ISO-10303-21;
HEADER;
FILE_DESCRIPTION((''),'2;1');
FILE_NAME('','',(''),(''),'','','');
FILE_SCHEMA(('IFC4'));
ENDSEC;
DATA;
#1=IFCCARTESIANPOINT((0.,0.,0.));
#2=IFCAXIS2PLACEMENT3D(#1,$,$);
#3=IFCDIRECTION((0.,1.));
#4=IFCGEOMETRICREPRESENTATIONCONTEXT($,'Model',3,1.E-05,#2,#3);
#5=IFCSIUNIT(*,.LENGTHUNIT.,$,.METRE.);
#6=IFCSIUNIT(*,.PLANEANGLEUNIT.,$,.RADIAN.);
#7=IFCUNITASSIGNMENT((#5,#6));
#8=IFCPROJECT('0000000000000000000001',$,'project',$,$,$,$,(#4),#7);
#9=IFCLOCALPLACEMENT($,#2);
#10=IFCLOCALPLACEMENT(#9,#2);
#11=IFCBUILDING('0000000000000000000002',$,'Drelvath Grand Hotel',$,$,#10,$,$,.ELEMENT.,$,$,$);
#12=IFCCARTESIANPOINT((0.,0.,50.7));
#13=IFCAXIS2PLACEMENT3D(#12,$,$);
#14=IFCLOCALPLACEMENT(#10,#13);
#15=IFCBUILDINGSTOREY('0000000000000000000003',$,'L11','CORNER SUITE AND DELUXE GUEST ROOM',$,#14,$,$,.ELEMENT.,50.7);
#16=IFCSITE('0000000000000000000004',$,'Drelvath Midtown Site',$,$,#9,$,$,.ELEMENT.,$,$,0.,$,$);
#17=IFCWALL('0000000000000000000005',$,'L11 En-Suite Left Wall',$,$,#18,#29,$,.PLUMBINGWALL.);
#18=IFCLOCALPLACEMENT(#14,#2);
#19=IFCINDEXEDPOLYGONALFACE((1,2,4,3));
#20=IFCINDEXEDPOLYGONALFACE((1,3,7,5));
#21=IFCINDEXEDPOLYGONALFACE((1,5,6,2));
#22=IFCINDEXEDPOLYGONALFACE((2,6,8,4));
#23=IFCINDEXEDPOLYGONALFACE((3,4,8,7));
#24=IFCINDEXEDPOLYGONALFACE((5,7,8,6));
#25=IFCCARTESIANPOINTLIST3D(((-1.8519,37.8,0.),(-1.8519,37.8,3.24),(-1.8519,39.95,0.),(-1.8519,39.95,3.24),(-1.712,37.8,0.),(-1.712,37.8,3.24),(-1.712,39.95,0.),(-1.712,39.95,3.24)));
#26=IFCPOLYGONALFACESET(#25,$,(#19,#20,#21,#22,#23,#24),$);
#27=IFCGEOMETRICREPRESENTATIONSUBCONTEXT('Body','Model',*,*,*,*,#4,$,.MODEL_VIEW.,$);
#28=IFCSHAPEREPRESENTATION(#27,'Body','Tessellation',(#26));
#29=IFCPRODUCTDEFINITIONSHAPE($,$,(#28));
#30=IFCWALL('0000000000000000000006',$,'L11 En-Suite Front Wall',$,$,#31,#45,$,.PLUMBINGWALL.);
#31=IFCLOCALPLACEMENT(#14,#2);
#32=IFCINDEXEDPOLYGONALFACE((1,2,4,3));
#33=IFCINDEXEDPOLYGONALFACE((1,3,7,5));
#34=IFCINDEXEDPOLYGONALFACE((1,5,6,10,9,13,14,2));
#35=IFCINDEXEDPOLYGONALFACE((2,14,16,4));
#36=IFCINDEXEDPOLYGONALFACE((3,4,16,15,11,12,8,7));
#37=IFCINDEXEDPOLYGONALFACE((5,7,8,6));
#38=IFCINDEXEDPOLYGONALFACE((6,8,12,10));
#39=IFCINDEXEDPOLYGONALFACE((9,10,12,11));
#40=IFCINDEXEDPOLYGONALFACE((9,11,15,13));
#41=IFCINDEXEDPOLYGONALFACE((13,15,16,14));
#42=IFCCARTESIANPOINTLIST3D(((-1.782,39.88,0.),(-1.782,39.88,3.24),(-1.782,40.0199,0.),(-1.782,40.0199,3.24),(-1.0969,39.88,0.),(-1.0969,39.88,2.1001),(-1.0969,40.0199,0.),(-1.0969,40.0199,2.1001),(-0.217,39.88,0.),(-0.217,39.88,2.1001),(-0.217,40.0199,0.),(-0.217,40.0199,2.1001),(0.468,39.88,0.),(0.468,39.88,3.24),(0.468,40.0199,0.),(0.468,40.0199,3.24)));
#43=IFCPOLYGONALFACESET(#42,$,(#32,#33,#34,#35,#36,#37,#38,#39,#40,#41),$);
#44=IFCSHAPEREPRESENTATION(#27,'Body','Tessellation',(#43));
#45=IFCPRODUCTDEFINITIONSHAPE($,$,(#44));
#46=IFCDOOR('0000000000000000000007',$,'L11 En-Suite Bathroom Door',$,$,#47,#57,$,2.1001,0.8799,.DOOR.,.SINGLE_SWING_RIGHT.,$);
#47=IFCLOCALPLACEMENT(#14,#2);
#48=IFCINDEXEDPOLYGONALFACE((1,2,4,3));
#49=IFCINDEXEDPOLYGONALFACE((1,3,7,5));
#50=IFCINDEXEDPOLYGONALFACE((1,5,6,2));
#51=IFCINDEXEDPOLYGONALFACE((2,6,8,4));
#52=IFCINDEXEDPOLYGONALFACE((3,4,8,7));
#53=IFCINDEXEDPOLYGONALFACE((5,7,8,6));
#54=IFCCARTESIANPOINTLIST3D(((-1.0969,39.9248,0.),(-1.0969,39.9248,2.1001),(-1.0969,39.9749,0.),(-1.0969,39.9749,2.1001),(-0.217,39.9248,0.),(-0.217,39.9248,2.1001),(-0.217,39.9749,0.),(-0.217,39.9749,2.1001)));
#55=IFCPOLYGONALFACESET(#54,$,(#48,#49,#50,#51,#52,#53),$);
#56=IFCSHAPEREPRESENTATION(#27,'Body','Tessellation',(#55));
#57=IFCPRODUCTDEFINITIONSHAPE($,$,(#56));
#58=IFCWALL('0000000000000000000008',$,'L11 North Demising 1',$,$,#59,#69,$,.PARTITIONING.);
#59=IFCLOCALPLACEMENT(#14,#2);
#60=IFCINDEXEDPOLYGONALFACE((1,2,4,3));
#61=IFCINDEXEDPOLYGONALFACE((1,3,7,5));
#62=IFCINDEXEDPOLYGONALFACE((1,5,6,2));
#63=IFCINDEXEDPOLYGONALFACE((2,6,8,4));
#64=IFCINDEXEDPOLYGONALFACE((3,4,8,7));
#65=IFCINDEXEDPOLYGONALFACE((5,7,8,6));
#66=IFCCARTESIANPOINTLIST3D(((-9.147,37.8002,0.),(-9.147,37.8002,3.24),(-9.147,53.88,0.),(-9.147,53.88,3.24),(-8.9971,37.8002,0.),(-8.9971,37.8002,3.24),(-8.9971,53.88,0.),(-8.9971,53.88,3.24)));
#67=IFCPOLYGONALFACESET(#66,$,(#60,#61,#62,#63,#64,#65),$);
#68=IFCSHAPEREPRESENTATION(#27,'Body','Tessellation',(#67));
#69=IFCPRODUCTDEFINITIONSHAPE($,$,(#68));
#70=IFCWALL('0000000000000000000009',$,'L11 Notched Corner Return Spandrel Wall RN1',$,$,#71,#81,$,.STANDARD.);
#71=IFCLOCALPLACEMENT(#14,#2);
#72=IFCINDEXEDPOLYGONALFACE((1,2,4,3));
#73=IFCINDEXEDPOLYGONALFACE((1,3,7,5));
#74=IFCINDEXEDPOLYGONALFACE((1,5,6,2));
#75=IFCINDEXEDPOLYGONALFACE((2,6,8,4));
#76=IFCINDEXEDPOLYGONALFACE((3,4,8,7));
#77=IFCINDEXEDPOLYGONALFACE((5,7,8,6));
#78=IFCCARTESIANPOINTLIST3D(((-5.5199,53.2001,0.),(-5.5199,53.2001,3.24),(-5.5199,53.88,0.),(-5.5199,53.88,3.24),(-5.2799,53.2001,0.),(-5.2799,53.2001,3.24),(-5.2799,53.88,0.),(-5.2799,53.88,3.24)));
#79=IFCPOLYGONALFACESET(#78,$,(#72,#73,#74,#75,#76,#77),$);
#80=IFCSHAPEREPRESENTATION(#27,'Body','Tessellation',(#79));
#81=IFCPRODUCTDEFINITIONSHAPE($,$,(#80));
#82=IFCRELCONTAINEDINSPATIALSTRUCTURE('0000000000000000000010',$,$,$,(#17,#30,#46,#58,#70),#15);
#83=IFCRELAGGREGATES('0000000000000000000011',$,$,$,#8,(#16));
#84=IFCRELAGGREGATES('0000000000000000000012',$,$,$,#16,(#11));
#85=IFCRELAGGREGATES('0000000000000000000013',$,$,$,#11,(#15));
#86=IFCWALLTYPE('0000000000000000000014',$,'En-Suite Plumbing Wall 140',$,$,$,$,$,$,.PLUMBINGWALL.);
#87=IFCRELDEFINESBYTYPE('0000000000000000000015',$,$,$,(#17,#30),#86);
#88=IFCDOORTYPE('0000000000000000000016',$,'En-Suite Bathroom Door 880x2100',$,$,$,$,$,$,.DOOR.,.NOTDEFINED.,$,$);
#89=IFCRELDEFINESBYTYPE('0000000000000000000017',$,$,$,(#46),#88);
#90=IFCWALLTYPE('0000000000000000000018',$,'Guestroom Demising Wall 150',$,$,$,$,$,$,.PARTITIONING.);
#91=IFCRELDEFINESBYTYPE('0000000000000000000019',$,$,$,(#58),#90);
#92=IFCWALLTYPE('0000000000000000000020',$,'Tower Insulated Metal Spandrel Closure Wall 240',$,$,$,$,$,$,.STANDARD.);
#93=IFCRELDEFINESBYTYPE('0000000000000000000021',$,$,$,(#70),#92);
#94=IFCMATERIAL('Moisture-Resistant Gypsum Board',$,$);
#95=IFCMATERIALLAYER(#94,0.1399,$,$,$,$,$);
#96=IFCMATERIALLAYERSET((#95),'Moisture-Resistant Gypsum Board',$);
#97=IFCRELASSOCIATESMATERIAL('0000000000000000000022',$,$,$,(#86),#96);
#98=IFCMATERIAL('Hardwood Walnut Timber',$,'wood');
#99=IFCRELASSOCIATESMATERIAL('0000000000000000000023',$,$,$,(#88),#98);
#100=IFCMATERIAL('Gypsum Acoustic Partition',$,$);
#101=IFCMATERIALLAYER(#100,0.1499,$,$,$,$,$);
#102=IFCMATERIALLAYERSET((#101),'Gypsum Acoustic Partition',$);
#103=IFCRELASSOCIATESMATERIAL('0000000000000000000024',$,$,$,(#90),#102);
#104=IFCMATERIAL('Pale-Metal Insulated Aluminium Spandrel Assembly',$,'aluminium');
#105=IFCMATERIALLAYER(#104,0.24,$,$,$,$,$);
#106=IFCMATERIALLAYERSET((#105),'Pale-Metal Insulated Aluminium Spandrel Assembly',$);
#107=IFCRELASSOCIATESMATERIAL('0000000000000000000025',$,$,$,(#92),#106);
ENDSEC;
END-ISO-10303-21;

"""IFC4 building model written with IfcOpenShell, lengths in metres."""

from ifc_helpers import new_model, si_unit, direction, frame, frame_2d, origin, place, context, subcontext, project, spatial, rectangle, extrude, material, layer, layer_set, type_object, element, fill, save


model = new_model("IFC4")

# Units and contexts
model_context = context("Model", 3, precision=1e-05, world=origin(), true_north=direction((0.0, 1.0)))
body_context = subcontext(model_context, "Body", "Model", "MODEL_VIEW")
ifc_project = project(units=[si_unit("LENGTHUNIT", "METRE"), si_unit("PLANEANGLEUNIT", "RADIAN")], contexts=[model_context])

# Site, building, storey
site_placement = place(None, origin())
site = spatial("IfcSite", under=ifc_project, at=site_placement, Name="Drelvath Midtown Site", CompositionType="ELEMENT", RefElevation=0.0)
building_placement = place(site_placement, origin())
building = spatial("IfcBuilding", under=site, at=building_placement, Name="Drelvath Grand Hotel", CompositionType="ELEMENT")
storey_placement = place(building_placement, frame((0.0, 0.0, 50.7)))
storey = spatial("IfcBuildingStorey", under=building, at=storey_placement, Name="L11", Description="CORNER SUITE AND DELUXE GUEST ROOM", CompositionType="ELEMENT", Elevation=50.7)

# Shared definitions
ifc_material_1 = material(Name="Moisture-Resistant Gypsum Board")
ifc_layer_1 = layer(ifc_material_1, 0.1399)
ifc_layer_set_1 = layer_set([ifc_layer_1], Name="Moisture-Resistant Gypsum Board")
wall_type_1 = type_object("IfcWallType", Name="En-Suite Plumbing Wall 140", PredefinedType="PLUMBINGWALL", material=ifc_layer_set_1)
ifc_material_2 = material(Name="Hardwood Walnut Timber", Category="wood")
door_type = type_object("IfcDoorType", Name="En-Suite Bathroom Door 880x2100", OperationType="NOTDEFINED", PredefinedType="DOOR", material=ifc_material_2)

# Wall
wall_1_placement = place(storey_placement, frame((-1.782, 37.8, 0.0), z_axis=(0.0, 0.0, 1.0), x_axis=(0.0, 1.0, 0.0)))
element("IfcWall", 1, at=wall_1_placement, inside=storey, type_object=wall_type_1, Name="L11 En-Suite Left Wall", PredefinedType="PLUMBINGWALL", context=body_context, shape_type="SweptSolid", body=[
    extrude(rectangle(XDim=2.1499, YDim=0.1399, at=frame_2d((1.075, 0.0))), origin(), (0.0, 0.0, 1.0), 3.24),
])

# Wall, opening, door
wall_2_placement = place(storey_placement, frame((-1.782, 39.95, 0.0), z_axis=(0.0, 0.0, 1.0), x_axis=(1.0, 0.0, 0.0)))
wall_2 = element("IfcWall", 2, at=wall_2_placement, inside=storey, type_object=wall_type_1, Name="L11 En-Suite Front Wall", PredefinedType="PLUMBINGWALL", context=body_context, shape_type="SweptSolid", body=[
    extrude(rectangle(XDim=2.25, YDim=0.1399, at=frame_2d((1.125, 0.0))), origin(), (0.0, 0.0, 1.0), 3.24),
])
opening_1_placement = place(wall_2_placement, frame((0.6851, 0.0, 0.0)))
opening_1 = element("IfcOpeningElement", 3, at=opening_1_placement, cuts=wall_2, PredefinedType="OPENING", context=body_context, shape_type="SweptSolid", body=[
    extrude(rectangle(XDim=0.8799, YDim=2.1001, at=frame_2d((0.4399, 1.05))), frame((0.0, 0.0798, 0.0), z_axis=(0.0, -1.0, 0.0), x_axis=(1.0, 0.0, 0.0)), (0.0, 0.0, 1.0), 0.1599),
])
door_1_placement = place(opening_1_placement, origin())
door_1 = element("IfcDoor", 4, at=door_1_placement, inside=storey, type_object=door_type, Name="L11 En-Suite Bathroom Door", OperationType="SINGLE_SWING_RIGHT", OverallHeight=2.1001, OverallWidth=0.8799, PredefinedType="DOOR", context=body_context, shape_type="SweptSolid", body=[
    extrude(rectangle(XDim=0.8799, YDim=2.1001, at=frame_2d((0.4399, 1.05))), frame((0.0, 0.0249, 0.0), z_axis=(0.0, -1.0, 0.0), x_axis=(1.0, 0.0, 0.0)), (0.0, 0.0, 1.0), 0.05),
])
fill(opening_1, door_1)

# Walls
ifc_material_3 = material(Name="Gypsum Acoustic Partition")
ifc_layer_2 = layer(ifc_material_3, 0.1499)
ifc_layer_set_2 = layer_set([ifc_layer_2], Name="Gypsum Acoustic Partition")
wall_type_2 = type_object("IfcWallType", Name="Guestroom Demising Wall 150", PredefinedType="PARTITIONING", material=ifc_layer_set_2)
wall_3_placement = place(storey_placement, frame((-9.072, 37.8, 0.0), z_axis=(0.0, 0.0, 1.0), x_axis=(0.0, 1.0, 0.0)))
element("IfcWall", 5, at=wall_3_placement, inside=storey, type_object=wall_type_2, Name="L11 North Demising 1", PredefinedType="PARTITIONING", context=body_context, shape_type="SweptSolid", body=[
    extrude(rectangle(XDim=16.0798, YDim=0.1499, at=frame_2d((8.04, 0.0))), origin(), (0.0, 0.0, 1.0), 3.24),
])
ifc_material_4 = material(Name="Pale-Metal Insulated Aluminium Spandrel Assembly", Category="aluminium")
ifc_layer_3 = layer(ifc_material_4, 0.24)
ifc_layer_set_3 = layer_set([ifc_layer_3], Name="Pale-Metal Insulated Aluminium Spandrel Assembly")
wall_type_3 = type_object("IfcWallType", Name="Tower Insulated Metal Spandrel Closure Wall 240", PredefinedType="STANDARD", material=ifc_layer_set_3)
wall_4_placement = place(storey_placement, frame((-5.3999, 53.8799, 0.0), z_axis=(0.0, 0.0, 1.0), x_axis=(0.0, -1.0, 0.0)))
element("IfcWall", 6, at=wall_4_placement, inside=storey, type_object=wall_type_3, Name="L11 Notched Corner Return Spandrel Wall RN1", PredefinedType="STANDARD", context=body_context, shape_type="SweptSolid", body=[
    extrude(rectangle(XDim=0.6799, YDim=0.24, at=frame_2d((0.3398, 0.0))), origin(), (0.0, 0.0, 1.0), 3.24),
])

save(model, "model.ifc")
